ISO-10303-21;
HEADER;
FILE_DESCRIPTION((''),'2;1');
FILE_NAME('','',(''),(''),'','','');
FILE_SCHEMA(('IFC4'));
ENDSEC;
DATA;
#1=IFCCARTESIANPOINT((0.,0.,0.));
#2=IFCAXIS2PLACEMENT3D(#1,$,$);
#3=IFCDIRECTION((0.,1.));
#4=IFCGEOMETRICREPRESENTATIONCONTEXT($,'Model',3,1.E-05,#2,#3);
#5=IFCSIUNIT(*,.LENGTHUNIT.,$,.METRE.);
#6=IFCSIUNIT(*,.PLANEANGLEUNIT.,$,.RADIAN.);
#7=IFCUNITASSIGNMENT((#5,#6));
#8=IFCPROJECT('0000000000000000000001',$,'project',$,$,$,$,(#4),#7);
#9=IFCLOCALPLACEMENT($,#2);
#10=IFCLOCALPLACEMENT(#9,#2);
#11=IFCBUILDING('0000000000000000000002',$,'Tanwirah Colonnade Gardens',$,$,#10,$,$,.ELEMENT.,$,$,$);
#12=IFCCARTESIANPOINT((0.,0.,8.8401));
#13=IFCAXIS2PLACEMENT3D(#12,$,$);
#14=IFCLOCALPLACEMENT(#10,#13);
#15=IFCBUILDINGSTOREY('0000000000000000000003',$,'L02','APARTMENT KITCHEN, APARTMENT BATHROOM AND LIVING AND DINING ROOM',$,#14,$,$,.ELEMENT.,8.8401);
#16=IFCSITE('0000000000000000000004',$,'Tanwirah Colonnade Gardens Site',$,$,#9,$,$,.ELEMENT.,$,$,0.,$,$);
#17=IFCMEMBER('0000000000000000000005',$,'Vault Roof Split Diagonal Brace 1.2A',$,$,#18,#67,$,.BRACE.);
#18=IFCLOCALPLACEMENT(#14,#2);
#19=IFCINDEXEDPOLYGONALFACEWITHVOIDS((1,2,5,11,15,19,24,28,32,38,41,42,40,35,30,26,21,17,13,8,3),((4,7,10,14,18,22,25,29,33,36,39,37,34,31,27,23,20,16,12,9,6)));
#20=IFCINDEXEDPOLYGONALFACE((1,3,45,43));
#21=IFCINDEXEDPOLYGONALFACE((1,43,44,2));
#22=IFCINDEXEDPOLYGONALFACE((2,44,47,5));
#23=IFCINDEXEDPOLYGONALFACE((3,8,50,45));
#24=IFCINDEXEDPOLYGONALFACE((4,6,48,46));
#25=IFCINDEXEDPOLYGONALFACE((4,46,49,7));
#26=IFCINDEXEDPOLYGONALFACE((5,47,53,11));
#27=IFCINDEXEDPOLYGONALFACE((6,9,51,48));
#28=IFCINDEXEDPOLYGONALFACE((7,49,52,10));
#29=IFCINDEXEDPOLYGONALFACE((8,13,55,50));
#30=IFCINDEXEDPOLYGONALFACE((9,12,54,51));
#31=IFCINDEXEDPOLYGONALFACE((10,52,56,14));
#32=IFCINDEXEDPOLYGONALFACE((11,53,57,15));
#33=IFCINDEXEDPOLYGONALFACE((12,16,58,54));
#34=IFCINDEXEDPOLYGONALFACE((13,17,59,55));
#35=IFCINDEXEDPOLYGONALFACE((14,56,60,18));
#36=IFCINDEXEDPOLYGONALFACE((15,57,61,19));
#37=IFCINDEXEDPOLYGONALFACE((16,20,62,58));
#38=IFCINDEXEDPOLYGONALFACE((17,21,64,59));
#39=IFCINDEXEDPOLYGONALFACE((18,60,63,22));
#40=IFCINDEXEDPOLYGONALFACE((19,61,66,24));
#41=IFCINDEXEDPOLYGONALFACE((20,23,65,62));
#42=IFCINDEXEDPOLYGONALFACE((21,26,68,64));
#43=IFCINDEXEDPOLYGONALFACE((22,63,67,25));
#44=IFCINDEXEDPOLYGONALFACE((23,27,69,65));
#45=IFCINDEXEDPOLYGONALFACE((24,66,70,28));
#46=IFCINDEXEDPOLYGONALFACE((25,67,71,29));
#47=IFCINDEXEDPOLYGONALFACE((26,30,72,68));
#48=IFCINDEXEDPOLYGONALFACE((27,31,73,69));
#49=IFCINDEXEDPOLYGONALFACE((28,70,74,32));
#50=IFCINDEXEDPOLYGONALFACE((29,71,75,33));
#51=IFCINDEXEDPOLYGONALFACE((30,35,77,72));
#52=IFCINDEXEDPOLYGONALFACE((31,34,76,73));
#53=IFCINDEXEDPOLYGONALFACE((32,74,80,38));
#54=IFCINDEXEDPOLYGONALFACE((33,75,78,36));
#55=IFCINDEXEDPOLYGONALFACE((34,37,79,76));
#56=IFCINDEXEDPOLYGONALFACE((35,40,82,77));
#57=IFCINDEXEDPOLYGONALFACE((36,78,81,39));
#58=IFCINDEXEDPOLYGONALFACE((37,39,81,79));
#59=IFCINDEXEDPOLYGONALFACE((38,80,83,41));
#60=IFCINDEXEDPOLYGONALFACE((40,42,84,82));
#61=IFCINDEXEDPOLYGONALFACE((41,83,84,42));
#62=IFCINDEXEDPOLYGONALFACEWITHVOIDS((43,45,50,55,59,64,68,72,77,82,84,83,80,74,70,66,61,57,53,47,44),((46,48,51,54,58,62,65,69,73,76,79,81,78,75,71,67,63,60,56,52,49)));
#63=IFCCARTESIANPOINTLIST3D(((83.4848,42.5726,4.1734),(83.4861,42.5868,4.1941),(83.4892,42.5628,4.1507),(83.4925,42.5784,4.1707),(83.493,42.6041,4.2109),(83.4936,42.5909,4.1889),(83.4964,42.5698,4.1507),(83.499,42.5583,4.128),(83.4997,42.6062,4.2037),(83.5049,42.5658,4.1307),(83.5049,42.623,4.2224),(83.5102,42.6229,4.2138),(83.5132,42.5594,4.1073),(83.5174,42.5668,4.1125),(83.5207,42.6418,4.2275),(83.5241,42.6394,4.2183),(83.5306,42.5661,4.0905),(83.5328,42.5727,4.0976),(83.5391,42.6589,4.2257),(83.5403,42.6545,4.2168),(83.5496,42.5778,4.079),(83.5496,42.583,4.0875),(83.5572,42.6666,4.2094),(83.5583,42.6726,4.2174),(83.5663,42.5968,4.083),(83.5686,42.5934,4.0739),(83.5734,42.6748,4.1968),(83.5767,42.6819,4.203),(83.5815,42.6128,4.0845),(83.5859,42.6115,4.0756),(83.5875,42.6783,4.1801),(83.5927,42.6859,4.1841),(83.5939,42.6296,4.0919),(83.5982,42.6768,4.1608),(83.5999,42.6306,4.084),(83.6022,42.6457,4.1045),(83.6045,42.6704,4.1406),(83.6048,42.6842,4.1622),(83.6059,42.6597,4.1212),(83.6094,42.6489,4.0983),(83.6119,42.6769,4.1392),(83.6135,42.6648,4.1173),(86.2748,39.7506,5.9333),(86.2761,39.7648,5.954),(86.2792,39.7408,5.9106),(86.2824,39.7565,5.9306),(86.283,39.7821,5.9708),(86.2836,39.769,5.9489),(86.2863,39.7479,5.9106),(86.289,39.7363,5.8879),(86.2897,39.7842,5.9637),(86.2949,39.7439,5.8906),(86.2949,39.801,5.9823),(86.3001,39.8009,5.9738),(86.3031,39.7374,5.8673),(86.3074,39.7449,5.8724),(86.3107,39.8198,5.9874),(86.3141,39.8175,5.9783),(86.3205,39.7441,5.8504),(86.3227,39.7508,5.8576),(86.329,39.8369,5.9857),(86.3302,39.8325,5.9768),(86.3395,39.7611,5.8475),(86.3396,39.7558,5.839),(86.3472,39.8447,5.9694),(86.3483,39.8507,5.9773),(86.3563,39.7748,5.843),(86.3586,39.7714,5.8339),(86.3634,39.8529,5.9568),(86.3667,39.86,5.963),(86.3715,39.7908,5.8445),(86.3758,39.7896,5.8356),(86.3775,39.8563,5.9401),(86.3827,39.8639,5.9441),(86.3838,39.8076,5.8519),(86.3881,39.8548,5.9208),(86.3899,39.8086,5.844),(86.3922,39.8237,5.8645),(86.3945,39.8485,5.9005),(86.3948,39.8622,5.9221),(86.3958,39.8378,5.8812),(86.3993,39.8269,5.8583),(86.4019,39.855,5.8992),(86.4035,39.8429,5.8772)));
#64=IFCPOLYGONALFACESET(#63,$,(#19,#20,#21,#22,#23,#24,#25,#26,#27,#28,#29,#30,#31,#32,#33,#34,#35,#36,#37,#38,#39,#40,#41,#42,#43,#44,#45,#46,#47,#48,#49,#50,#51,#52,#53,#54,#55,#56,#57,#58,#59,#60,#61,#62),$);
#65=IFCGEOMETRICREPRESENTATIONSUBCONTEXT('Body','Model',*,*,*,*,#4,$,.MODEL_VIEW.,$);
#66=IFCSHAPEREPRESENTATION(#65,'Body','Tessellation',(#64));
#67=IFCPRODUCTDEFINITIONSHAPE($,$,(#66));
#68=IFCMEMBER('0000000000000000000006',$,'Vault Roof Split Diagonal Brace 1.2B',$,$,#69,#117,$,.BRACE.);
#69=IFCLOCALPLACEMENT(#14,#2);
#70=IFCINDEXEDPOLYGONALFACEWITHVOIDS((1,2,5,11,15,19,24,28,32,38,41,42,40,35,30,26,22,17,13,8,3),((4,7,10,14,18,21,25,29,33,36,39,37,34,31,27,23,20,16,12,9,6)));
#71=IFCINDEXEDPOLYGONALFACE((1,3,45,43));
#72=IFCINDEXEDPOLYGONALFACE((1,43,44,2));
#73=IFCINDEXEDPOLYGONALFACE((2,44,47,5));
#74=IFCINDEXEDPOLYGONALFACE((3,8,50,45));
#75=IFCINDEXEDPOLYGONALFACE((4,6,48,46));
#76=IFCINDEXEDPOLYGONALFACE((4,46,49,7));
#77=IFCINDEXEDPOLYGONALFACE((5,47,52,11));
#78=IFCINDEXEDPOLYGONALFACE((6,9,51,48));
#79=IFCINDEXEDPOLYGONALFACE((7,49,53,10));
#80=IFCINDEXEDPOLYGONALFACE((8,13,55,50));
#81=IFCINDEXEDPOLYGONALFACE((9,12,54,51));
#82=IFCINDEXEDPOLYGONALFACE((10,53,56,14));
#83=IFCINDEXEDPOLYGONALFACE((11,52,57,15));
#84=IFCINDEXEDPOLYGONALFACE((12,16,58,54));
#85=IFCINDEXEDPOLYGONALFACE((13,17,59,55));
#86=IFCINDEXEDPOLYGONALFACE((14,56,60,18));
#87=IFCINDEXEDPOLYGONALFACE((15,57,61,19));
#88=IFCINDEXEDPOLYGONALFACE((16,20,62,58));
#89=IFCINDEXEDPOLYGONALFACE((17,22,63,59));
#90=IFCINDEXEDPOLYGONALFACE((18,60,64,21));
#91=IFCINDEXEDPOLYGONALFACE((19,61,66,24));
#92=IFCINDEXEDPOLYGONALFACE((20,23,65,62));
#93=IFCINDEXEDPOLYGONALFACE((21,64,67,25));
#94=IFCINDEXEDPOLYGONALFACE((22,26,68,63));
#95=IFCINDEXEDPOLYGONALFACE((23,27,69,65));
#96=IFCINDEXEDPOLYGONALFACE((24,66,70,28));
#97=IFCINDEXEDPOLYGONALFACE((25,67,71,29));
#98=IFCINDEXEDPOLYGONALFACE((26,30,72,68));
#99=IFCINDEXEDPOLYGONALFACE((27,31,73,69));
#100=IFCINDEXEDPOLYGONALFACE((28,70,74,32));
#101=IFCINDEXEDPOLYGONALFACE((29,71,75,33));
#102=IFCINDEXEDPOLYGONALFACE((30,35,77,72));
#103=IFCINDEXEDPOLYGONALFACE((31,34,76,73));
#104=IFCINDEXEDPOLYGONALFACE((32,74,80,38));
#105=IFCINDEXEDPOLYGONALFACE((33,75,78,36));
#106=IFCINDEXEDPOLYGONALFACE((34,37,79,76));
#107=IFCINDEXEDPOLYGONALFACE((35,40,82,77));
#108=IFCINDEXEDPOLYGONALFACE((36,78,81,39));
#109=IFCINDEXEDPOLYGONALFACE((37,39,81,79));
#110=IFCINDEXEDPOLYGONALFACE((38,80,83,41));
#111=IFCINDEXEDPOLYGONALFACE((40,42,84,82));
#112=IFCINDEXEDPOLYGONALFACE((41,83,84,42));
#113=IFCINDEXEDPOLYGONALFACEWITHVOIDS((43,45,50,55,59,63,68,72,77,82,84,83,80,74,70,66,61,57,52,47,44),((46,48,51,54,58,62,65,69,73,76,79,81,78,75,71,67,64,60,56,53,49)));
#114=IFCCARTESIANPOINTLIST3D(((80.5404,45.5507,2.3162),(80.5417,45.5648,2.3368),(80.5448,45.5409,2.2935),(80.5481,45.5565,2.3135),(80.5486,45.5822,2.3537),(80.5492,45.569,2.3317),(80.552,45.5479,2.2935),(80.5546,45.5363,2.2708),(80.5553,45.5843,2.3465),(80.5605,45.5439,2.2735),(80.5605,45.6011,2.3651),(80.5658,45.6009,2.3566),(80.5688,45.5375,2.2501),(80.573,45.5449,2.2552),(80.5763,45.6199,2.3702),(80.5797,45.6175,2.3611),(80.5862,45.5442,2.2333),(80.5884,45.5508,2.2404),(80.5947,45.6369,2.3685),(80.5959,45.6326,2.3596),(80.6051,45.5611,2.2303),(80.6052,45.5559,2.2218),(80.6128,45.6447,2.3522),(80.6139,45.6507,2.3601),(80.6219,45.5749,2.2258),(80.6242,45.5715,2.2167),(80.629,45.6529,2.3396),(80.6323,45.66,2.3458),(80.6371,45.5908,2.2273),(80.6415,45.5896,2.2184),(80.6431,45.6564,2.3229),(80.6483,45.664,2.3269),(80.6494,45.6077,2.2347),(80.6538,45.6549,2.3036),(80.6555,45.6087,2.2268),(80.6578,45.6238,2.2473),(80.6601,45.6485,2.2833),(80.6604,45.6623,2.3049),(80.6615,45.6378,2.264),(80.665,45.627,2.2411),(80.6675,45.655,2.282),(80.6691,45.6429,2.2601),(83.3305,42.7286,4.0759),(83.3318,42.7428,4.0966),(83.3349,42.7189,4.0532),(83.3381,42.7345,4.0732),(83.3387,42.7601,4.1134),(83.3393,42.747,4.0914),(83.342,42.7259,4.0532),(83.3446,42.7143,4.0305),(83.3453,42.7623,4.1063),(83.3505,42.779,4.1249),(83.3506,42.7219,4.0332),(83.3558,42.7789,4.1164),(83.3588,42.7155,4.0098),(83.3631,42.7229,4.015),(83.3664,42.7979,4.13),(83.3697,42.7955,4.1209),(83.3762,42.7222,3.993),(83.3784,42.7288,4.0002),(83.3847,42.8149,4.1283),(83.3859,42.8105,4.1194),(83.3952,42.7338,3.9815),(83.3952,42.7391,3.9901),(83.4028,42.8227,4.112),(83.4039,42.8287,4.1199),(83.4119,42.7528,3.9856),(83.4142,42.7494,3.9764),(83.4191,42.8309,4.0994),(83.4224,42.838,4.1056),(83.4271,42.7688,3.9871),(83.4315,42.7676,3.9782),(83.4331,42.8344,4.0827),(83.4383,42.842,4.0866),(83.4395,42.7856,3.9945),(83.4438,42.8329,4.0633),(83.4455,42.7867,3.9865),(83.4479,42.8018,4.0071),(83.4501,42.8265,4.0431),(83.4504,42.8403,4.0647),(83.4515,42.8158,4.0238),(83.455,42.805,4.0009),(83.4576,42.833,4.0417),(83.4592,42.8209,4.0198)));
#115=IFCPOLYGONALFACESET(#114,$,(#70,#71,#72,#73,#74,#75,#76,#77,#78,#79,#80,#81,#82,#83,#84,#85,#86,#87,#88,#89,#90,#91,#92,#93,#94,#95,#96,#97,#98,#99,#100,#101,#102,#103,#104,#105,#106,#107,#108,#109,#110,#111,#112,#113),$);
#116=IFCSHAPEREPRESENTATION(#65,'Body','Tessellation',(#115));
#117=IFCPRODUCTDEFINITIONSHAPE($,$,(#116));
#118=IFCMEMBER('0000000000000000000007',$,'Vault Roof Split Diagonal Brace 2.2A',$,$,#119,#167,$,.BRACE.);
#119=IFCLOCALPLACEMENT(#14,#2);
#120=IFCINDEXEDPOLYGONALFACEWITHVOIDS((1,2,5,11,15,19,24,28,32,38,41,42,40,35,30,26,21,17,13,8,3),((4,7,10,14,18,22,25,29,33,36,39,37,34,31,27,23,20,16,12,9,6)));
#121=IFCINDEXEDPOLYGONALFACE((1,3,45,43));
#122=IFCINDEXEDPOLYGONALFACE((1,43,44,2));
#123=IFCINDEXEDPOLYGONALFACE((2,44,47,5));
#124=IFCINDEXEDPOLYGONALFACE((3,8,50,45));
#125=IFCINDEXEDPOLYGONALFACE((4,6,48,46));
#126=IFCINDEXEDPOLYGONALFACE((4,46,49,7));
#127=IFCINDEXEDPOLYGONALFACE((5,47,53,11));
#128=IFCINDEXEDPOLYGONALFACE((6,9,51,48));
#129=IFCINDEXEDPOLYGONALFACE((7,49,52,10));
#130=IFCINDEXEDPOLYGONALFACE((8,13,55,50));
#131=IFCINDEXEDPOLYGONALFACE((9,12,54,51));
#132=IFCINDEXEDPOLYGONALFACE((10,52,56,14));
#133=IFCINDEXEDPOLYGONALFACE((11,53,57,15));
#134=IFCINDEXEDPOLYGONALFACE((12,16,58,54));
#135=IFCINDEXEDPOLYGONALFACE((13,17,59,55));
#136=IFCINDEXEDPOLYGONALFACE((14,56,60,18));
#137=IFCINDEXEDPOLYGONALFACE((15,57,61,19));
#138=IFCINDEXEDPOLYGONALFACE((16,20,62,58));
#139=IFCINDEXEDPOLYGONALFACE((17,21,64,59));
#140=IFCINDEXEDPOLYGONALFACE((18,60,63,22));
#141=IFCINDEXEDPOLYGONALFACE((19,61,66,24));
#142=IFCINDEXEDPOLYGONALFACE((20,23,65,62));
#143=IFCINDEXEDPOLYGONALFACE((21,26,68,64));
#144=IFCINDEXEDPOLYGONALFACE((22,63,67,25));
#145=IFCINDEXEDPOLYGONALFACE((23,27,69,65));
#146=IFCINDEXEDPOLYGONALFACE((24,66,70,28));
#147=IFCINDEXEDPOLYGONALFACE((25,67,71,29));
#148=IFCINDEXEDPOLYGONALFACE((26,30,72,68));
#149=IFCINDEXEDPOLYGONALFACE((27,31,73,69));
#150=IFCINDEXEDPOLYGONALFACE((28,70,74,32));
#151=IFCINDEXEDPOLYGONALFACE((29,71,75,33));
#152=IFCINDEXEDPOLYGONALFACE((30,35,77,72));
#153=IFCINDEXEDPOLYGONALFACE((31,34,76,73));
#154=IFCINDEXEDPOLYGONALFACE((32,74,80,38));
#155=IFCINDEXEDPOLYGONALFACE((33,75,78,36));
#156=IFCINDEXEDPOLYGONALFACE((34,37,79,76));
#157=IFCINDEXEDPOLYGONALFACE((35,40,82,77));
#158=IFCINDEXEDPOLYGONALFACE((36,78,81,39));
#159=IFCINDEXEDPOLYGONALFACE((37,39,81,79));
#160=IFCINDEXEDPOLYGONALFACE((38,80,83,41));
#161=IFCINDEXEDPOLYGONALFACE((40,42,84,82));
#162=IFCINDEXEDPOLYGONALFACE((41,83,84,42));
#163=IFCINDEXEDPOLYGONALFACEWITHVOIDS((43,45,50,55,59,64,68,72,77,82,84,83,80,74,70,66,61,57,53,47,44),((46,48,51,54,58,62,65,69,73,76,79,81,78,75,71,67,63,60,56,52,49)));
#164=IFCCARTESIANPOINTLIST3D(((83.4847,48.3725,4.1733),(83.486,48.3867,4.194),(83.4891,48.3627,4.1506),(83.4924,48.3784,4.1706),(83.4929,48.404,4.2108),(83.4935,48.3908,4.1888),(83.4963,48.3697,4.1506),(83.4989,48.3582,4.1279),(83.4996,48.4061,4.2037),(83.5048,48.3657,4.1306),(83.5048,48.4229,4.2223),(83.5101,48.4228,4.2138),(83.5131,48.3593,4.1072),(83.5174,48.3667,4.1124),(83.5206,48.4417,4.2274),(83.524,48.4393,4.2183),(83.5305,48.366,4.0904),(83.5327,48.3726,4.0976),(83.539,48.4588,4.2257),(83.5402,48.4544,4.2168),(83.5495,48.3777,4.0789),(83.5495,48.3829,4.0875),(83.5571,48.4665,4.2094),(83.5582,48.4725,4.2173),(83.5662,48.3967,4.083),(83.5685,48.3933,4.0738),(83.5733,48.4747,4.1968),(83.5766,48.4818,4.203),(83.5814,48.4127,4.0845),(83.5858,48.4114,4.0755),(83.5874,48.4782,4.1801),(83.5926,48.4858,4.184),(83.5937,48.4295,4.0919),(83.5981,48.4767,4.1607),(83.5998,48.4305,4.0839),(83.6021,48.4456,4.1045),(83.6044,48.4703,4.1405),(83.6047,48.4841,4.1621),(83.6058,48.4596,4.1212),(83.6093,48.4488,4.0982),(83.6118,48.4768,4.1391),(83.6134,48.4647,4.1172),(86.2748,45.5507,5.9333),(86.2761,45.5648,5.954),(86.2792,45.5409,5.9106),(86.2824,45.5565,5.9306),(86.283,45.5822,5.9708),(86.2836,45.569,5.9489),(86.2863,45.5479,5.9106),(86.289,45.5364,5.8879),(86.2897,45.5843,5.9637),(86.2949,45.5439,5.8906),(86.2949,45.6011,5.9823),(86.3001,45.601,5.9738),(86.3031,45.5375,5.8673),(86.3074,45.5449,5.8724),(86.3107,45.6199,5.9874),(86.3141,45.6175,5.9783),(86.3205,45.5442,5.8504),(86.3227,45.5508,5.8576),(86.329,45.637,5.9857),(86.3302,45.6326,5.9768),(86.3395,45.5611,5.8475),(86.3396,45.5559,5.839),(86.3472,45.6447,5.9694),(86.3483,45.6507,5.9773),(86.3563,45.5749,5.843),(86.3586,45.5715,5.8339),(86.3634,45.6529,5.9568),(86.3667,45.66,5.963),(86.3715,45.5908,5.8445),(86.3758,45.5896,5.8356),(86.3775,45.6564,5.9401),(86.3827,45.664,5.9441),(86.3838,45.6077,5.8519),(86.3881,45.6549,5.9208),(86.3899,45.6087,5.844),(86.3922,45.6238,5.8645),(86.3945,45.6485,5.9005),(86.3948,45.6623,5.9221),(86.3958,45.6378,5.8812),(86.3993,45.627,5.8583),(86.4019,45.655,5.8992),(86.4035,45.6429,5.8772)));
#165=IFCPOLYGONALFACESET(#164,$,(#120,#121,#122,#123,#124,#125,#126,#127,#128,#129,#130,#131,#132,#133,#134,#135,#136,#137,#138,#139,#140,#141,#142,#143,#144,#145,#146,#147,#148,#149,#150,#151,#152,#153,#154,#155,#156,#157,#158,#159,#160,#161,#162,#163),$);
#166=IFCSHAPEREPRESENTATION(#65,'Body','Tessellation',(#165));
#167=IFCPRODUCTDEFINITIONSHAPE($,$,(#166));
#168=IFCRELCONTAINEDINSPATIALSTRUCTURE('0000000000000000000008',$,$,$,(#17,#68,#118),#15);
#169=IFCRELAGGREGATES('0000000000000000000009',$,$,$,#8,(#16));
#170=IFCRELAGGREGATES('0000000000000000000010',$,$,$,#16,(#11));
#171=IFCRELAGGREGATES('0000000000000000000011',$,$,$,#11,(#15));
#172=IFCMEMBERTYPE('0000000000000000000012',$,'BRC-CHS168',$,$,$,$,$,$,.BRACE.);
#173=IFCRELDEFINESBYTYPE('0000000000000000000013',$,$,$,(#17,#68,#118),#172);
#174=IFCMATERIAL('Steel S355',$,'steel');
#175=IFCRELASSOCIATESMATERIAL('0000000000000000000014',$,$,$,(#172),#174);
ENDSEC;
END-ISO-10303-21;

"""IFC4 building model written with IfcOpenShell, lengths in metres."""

from ifc_helpers import new_model, si_unit, direction, frame, origin, origin_2d, place, context, subcontext, project, spatial, hollow_circle, extrude, material, material_profile, profile_set, type_object, element, save


model = new_model("IFC4")

# Units and contexts
model_context = context("Model", 3, precision=1e-05, world=origin(), true_north=direction((0.0, 1.0)))
body_context = subcontext(model_context, "Body", "Model", "MODEL_VIEW")
ifc_project = project(units=[si_unit("LENGTHUNIT", "METRE"), si_unit("PLANEANGLEUNIT", "RADIAN")], contexts=[model_context])

# Site, building, storey
site_placement = place(None, origin())
site = spatial("IfcSite", under=ifc_project, at=site_placement, Name="Tanwirah Colonnade Gardens Site", CompositionType="ELEMENT", RefElevation=0.0)
building_placement = place(site_placement, origin())
building = spatial("IfcBuilding", under=site, at=building_placement, Name="Tanwirah Colonnade Gardens", CompositionType="ELEMENT")
storey_placement = place(building_placement, frame((0.0, 0.0, 8.8401)))
storey = spatial("IfcBuildingStorey", under=building, at=storey_placement, Name="L02", Description="APARTMENT KITCHEN, APARTMENT BATHROOM AND LIVING AND DINING ROOM", CompositionType="ELEMENT", Elevation=8.8401)

# Members
ifc_material_1 = material(Name="Steel S355", Category="steel")
ifc_material_profile_1 = material_profile(ifc_material_1, hollow_circle(Radius=0.0842, WallThickness=0.01, at=origin_2d()), Name="CHS 168.3x10")
ifc_profile_set_1 = profile_set([ifc_material_profile_1], Name="Steel S355")
member_type_1 = type_object("IfcMemberType", Name="BRC-CHS168", PredefinedType="BRACE", material=ifc_profile_set_1)
for number, where, z_axis, x_axis, name in (
    (1, (86.3391, 39.8, 5.9106), (-0.642693, 0.65006, -0.405423), (-0.711125, -0.703066, 0.0), "Vault Roof Split Diagonal Brace 1.2A"),
    (2, (83.3948, 42.7781, 4.0532), (-0.642708, 0.650075, -0.405376), (-0.711125, -0.703066, 0.0), "Vault Roof Split Diagonal Brace 1.2B"),
    (3, (86.3391, 45.6001, 5.9106), (-0.642716, 0.650028, -0.405438), (-0.711095, -0.703096, 0.0), "Vault Roof Split Diagonal Brace 2.2A"),
):
    element("IfcMember", number, at=place(storey_placement, frame(where, z_axis=z_axis, x_axis=x_axis)), inside=storey, type_object=member_type_1, Name=name, PredefinedType="BRACE", context=body_context, shape_type="SweptSolid", body=[
        extrude(hollow_circle(Radius=0.0842, WallThickness=0.01, at=origin_2d()), origin(), (0.0, 0.0, 1.0), 4.3411),
    ])

save(model, "model.ifc")
